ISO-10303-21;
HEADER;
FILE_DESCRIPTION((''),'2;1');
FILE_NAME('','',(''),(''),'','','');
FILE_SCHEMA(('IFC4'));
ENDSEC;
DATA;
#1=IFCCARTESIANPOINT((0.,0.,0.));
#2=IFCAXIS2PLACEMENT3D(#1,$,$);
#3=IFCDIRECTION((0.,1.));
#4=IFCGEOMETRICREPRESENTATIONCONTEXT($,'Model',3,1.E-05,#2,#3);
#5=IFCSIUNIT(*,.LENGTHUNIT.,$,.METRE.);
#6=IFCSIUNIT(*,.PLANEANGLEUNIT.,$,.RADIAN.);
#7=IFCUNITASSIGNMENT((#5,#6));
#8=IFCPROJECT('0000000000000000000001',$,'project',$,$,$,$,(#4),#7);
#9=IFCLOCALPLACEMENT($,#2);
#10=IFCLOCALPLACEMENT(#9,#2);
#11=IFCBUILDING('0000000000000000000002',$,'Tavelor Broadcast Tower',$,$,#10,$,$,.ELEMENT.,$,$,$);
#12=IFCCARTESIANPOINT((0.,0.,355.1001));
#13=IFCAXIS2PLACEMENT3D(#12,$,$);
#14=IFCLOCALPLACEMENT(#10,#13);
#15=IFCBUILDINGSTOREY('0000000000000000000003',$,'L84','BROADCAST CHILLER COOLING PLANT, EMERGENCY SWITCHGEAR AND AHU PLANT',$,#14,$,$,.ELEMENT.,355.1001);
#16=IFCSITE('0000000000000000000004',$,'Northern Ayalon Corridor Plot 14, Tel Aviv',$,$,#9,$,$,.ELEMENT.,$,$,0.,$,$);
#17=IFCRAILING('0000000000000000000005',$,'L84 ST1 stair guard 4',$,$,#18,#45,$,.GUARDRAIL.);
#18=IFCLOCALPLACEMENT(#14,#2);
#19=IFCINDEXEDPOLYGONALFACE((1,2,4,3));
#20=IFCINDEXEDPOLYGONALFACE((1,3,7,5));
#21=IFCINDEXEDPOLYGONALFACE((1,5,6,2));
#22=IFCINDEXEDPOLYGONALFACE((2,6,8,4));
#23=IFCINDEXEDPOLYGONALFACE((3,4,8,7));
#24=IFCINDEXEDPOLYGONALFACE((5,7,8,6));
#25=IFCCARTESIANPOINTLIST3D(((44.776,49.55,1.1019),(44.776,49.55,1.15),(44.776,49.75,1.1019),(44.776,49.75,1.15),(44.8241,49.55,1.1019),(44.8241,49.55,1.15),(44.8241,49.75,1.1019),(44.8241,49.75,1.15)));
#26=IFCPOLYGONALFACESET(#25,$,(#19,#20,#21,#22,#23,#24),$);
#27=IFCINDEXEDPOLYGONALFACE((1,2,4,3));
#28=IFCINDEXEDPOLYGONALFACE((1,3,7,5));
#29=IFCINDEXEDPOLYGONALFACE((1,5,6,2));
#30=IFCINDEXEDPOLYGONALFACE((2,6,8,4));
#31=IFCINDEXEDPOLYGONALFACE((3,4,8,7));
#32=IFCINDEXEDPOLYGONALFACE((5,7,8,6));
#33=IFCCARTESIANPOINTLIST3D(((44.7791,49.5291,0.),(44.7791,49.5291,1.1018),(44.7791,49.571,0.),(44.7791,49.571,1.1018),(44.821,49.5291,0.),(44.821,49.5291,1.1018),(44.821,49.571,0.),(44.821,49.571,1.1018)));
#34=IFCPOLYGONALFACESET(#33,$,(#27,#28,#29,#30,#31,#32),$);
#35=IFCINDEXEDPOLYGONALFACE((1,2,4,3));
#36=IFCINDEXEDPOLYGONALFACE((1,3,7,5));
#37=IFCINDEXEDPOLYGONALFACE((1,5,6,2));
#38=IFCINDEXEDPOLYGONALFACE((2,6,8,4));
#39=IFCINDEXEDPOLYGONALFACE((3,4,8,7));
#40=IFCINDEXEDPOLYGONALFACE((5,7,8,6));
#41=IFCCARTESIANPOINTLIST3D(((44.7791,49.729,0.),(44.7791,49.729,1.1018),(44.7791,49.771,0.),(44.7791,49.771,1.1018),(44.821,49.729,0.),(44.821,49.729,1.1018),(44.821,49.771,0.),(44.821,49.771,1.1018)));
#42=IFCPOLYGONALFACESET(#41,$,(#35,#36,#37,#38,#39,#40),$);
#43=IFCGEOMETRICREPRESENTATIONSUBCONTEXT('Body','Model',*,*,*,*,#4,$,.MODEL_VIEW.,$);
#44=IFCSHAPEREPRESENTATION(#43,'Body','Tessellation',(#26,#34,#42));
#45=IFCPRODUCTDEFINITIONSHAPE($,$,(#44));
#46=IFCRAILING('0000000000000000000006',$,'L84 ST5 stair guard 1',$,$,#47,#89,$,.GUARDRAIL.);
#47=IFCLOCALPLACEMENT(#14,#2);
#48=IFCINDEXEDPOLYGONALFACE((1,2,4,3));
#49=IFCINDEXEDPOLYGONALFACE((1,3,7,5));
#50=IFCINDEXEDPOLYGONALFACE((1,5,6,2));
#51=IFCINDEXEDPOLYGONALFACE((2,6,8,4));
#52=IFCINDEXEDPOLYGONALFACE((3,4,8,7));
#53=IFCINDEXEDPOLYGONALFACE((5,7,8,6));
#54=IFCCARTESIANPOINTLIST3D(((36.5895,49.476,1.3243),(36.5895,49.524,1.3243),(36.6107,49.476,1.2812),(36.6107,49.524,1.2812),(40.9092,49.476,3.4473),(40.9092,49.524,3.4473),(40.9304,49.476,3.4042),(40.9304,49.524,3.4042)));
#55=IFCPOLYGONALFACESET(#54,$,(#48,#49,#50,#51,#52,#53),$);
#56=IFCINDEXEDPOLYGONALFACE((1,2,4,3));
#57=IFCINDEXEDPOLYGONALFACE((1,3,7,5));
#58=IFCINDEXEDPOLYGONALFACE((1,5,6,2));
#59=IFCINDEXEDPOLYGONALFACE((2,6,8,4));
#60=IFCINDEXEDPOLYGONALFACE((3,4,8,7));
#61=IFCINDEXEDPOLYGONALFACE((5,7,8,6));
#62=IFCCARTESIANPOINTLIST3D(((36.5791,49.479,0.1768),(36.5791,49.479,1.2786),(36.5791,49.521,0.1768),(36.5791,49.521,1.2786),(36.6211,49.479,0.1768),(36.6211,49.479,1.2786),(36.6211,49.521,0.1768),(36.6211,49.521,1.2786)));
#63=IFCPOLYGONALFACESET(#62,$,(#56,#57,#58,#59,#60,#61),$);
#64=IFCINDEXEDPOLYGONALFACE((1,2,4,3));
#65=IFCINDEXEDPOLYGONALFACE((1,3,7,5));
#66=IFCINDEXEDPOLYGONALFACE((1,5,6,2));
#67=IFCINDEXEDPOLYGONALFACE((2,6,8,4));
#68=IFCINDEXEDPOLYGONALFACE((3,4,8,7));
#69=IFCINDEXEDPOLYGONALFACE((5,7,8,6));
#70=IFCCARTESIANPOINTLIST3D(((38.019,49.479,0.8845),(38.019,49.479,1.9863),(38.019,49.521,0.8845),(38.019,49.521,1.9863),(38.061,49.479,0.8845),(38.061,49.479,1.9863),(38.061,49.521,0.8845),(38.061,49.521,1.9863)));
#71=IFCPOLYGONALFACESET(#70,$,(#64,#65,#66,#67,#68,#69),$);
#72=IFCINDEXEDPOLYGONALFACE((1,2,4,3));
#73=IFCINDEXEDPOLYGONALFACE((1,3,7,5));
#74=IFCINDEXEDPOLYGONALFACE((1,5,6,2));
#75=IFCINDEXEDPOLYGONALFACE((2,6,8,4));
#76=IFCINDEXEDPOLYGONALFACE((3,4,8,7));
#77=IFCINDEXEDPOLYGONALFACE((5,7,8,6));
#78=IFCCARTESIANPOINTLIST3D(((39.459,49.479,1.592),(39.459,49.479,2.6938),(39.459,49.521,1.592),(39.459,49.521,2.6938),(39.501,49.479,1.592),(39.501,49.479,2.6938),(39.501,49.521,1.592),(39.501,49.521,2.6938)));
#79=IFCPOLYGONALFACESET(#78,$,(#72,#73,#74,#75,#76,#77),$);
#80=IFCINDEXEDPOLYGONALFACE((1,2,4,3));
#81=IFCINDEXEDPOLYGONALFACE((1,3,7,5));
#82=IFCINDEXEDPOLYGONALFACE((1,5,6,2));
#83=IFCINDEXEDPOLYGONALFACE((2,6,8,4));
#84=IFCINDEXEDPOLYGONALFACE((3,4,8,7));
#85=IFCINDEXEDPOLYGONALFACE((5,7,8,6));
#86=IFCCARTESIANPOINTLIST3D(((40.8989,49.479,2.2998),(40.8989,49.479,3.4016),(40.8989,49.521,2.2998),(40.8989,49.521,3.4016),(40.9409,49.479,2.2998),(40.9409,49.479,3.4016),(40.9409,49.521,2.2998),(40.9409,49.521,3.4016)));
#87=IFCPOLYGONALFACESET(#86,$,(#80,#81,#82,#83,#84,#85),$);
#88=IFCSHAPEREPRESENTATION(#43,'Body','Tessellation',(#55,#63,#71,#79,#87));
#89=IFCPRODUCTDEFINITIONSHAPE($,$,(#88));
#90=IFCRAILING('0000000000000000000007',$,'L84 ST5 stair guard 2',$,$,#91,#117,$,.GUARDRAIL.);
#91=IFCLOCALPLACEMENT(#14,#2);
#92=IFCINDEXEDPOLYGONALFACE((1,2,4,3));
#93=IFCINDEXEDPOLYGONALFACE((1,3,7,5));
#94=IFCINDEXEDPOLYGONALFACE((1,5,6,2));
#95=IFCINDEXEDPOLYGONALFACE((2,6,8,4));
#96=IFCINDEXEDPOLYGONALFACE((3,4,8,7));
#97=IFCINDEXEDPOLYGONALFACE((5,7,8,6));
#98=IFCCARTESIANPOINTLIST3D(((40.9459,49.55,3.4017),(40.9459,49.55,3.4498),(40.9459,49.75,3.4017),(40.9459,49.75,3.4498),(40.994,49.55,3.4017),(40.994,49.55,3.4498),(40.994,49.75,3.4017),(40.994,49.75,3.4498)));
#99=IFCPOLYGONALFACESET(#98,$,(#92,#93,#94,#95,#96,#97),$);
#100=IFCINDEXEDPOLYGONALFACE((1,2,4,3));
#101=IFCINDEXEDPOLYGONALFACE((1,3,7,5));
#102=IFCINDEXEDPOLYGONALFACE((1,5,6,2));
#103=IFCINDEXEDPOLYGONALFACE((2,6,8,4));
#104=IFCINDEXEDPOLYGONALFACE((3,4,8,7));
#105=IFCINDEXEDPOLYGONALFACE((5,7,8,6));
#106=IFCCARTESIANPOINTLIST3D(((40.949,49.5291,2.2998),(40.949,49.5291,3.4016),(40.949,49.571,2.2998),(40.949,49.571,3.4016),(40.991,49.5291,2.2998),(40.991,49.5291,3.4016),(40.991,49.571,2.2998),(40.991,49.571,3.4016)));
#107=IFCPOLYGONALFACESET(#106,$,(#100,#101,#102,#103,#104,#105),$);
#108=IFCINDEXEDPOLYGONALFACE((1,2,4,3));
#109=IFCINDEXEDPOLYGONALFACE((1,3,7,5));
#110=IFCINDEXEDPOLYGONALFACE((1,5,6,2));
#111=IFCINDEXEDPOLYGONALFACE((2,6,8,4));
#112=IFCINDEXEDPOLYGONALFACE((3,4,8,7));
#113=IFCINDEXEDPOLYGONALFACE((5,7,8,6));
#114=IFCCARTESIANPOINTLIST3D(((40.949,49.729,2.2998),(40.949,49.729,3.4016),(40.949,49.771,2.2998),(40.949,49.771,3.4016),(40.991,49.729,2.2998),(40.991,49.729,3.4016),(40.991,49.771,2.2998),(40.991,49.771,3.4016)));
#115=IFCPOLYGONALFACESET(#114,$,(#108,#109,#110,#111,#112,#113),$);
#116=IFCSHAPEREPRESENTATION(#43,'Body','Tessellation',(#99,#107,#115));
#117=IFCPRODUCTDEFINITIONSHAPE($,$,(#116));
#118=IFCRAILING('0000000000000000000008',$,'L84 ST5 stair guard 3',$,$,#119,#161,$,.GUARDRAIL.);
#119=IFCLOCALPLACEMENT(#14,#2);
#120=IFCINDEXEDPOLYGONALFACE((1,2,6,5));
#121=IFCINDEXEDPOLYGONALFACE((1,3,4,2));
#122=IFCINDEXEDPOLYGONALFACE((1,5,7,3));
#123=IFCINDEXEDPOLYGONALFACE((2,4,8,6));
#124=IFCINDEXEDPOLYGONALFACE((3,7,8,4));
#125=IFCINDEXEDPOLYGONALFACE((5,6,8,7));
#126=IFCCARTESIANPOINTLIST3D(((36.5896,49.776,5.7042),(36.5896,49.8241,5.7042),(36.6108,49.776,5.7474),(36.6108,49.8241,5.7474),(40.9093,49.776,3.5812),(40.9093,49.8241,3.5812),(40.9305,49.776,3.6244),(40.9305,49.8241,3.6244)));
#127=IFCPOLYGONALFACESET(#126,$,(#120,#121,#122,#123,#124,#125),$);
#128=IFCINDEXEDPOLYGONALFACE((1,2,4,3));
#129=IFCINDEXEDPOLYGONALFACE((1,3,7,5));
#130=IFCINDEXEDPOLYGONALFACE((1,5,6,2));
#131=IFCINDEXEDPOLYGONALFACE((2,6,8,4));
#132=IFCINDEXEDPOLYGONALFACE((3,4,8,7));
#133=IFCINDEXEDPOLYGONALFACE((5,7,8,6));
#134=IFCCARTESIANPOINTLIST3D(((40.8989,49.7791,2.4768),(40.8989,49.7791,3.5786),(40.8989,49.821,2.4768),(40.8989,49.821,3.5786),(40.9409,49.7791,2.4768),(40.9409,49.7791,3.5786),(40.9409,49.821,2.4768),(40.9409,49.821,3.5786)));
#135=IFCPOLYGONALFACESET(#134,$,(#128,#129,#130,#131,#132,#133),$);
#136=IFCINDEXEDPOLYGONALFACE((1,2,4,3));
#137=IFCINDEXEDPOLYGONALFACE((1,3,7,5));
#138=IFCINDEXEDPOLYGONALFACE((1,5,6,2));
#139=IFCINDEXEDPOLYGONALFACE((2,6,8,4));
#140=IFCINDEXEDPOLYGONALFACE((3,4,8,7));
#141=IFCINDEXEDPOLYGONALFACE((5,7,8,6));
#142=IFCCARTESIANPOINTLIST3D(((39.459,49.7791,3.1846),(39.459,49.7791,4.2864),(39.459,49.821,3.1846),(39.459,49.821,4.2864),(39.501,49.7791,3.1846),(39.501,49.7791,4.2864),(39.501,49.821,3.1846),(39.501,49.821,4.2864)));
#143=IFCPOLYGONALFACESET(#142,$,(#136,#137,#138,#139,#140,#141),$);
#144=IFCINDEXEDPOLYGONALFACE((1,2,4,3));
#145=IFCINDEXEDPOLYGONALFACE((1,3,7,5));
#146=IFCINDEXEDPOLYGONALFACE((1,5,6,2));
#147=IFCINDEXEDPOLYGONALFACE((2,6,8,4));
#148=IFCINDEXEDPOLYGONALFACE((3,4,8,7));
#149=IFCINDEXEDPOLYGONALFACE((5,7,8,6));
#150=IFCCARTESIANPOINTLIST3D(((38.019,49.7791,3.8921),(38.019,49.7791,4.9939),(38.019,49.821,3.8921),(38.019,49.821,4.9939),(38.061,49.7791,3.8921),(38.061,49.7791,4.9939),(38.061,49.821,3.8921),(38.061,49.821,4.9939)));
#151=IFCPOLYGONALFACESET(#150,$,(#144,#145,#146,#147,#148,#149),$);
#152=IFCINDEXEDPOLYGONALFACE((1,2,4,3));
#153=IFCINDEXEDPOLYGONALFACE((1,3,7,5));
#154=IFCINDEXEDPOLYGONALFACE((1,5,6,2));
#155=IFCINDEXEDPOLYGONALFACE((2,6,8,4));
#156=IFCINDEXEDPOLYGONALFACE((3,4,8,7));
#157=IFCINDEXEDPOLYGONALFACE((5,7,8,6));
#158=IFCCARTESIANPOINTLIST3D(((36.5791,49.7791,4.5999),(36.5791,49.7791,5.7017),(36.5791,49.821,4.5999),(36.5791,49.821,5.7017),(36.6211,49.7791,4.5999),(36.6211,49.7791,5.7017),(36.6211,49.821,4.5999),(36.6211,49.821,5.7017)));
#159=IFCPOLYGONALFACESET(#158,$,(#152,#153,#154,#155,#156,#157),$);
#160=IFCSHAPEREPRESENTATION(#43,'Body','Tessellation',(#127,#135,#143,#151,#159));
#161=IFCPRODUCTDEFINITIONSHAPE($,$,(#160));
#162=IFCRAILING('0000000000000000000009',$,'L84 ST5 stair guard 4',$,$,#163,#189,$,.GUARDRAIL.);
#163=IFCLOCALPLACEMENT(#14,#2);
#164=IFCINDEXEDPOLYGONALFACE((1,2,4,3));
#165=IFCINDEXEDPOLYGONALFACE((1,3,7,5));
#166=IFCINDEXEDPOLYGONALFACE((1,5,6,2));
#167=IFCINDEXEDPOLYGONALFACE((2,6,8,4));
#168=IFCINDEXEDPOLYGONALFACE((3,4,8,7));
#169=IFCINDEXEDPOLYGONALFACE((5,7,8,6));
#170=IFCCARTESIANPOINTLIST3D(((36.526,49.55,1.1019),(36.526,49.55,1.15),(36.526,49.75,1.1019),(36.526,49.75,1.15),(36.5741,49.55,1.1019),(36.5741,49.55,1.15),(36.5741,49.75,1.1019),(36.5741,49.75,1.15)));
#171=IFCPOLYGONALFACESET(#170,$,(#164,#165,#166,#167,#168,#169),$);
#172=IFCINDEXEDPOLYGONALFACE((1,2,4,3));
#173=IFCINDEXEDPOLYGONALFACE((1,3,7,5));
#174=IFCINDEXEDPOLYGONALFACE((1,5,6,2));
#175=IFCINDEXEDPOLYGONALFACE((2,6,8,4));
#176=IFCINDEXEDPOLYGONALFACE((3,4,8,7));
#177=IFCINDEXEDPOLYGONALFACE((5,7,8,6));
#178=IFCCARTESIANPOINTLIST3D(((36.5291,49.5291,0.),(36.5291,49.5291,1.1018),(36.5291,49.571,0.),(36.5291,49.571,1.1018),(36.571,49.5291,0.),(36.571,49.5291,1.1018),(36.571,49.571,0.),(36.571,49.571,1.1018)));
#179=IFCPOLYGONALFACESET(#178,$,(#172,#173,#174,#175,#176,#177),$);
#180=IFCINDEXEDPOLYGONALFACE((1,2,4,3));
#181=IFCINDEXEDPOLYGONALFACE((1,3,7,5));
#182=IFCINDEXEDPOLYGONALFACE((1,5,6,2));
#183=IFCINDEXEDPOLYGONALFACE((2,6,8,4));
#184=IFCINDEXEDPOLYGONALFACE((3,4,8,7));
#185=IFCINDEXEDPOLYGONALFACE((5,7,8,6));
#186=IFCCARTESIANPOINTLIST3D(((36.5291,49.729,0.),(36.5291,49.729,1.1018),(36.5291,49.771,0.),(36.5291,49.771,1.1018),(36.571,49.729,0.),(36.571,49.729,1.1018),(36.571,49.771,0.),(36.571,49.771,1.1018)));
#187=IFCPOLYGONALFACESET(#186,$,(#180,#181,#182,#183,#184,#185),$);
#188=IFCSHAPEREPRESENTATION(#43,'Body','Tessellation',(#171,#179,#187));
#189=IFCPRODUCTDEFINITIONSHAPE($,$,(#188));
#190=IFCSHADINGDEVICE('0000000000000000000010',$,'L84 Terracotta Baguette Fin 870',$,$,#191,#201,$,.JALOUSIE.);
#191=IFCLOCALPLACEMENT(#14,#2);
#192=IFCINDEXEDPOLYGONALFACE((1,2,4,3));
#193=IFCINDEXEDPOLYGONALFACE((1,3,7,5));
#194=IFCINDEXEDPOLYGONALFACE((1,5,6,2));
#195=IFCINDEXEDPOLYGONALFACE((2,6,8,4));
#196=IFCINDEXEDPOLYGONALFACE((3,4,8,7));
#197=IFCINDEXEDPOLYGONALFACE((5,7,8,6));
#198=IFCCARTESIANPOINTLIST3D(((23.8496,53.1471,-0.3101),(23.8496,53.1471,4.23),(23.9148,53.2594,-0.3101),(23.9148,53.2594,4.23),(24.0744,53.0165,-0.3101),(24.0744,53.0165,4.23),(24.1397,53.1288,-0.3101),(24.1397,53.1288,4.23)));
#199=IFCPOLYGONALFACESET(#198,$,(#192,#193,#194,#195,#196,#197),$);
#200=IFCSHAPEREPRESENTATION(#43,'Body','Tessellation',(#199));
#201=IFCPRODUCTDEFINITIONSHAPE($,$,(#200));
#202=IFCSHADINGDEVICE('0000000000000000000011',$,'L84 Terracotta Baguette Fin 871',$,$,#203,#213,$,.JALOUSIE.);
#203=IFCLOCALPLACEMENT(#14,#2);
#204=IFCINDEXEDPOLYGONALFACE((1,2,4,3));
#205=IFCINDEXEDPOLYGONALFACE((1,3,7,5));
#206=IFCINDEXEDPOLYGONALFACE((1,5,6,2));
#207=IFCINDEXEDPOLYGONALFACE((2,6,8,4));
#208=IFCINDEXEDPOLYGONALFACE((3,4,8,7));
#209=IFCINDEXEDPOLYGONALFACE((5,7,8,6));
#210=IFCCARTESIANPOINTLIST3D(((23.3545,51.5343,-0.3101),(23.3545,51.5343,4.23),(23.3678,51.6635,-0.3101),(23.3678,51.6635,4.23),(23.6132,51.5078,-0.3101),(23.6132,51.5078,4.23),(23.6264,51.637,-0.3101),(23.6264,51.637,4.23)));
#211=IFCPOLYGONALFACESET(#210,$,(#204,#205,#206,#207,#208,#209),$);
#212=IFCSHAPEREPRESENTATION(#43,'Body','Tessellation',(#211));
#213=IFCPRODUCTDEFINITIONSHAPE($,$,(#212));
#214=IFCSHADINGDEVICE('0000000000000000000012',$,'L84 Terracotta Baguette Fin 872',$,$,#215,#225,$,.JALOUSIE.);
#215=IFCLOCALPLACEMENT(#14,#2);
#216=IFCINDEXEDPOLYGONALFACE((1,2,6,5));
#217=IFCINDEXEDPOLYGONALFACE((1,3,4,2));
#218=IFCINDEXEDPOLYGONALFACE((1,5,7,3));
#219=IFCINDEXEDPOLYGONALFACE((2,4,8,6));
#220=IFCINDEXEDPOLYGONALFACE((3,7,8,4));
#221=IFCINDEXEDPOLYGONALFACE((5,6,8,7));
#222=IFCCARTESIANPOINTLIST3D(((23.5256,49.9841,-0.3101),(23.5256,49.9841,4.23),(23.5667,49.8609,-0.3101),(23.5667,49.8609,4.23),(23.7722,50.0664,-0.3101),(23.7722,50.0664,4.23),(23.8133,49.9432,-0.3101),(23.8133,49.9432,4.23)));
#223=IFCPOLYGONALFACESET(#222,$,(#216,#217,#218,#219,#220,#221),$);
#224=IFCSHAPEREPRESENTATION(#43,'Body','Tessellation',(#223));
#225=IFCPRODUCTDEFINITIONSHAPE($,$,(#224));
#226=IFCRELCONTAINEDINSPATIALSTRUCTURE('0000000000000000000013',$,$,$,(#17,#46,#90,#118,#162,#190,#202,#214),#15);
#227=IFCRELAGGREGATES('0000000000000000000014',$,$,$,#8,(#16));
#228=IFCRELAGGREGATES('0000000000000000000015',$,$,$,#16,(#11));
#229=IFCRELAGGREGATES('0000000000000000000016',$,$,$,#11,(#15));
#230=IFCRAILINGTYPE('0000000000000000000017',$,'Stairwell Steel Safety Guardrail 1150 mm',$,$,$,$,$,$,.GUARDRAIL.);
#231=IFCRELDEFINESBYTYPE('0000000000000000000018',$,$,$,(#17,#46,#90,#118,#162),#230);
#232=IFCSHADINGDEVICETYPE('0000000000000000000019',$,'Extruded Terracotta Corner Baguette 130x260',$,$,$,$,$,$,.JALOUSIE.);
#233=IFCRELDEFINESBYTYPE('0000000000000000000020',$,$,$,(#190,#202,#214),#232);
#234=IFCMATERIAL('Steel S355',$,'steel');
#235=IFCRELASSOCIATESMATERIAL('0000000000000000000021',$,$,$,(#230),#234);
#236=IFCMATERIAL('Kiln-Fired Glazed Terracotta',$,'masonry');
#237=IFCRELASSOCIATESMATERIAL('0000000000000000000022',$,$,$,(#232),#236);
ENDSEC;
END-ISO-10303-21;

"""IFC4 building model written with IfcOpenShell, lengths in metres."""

from ifc_helpers import new_model, si_unit, direction, frame, origin, origin_2d, place, context, subcontext, project, spatial, rectangle, extrude, source, transform, mapped, material, type_object, type_shapes, element, save


model = new_model("IFC4")

# Units and contexts
model_context = context("Model", 3, precision=1e-05, world=origin(), true_north=direction((0.0, 1.0)))
body_context = subcontext(model_context, "Body", "Model", "MODEL_VIEW")
ifc_project = project(units=[si_unit("LENGTHUNIT", "METRE"), si_unit("PLANEANGLEUNIT", "RADIAN")], contexts=[model_context])

# Site, building, storey
site_placement = place(None, origin())
site = spatial("IfcSite", under=ifc_project, at=site_placement, Name="Northern Ayalon Corridor Plot 14, Tel Aviv", CompositionType="ELEMENT", RefElevation=0.0)
building_placement = place(site_placement, origin())
building = spatial("IfcBuilding", under=site, at=building_placement, Name="Tavelor Broadcast Tower", CompositionType="ELEMENT")
storey_placement = place(building_placement, frame((0.0, 0.0, 355.1001)))
storey = spatial("IfcBuildingStorey", under=building, at=storey_placement, Name="L84", Description="BROADCAST CHILLER COOLING PLANT, EMERGENCY SWITCHGEAR AND AHU PLANT", CompositionType="ELEMENT", Elevation=355.1001)

# Shared definitions
ifc_material_1 = material(Name="Steel S355", Category="steel")

# Railings
railing_type_1 = type_object("IfcRailingType", Name="Stairwell Steel Safety Guardrail 1150 mm", PredefinedType="GUARDRAIL", material=ifc_material_1)
railing_1_placement = place(storey_placement, frame((44.8, 49.55, 0.0)))
element("IfcRailing", 1, at=railing_1_placement, inside=storey, type_object=railing_type_1, Name="L84 ST1 stair guard 4", PredefinedType="GUARDRAIL", context=body_context, shape_type="SweptSolid", body=[
    extrude(rectangle(XDim=0.0481, YDim=0.0481, at=origin_2d()), frame((0.0, 0.0, 1.126), z_axis=(0.0, 1.0, 0.0), x_axis=(-1.0, 0.0, 0.0)), (0.0, 0.0, 1.0), 0.2),
    extrude(rectangle(XDim=0.042, YDim=0.042, at=origin_2d()), origin(), (0.0, 0.0, 1.0), 1.1018),
    extrude(rectangle(XDim=0.042, YDim=0.042, at=origin_2d()), frame((0.0, 0.2, 0.0)), (0.0, 0.0, 1.0), 1.1018),
])
railing_2_placement = place(storey_placement, frame((36.6001, 49.5, 0.1768)))
element("IfcRailing", 2, at=railing_2_placement, inside=storey, type_object=railing_type_1, Name="L84 ST5 stair guard 1", PredefinedType="GUARDRAIL", context=body_context, shape_type="SweptSolid", body=[
    extrude(rectangle(XDim=0.0481, YDim=0.0481, at=origin_2d()), frame((0.0, 0.0, 1.126), z_axis=(0.89747, 0.0, 0.441076), x_axis=(0.0, 1.0, 0.0)), (0.0, 0.0, 1.0), 4.8132),
    extrude(rectangle(XDim=0.042, YDim=0.042, at=origin_2d()), origin(), (0.0, 0.0, 1.0), 1.1018),
    extrude(rectangle(XDim=0.042, YDim=0.042, at=origin_2d()), frame((1.4399, 0.0, 0.7078)), (0.0, 0.0, 1.0), 1.1018),
    extrude(rectangle(XDim=0.042, YDim=0.042, at=origin_2d()), frame((2.8799, 0.0, 1.4153)), (0.0, 0.0, 1.0), 1.1018),
    extrude(rectangle(XDim=0.042, YDim=0.042, at=origin_2d()), frame((4.3198, 0.0, 2.123)), (0.0, 0.0, 1.0), 1.1018),
])
railing_3_placement = place(storey_placement, frame((40.97, 49.55, 2.2998)))
element("IfcRailing", 3, at=railing_3_placement, inside=storey, type_object=railing_type_1, Name="L84 ST5 stair guard 2", PredefinedType="GUARDRAIL", context=body_context, shape_type="SweptSolid", body=[
    extrude(rectangle(XDim=0.0481, YDim=0.0481, at=origin_2d()), frame((0.0, 0.0, 1.126), z_axis=(0.0, 1.0, 0.0), x_axis=(-1.0, 0.0, 0.0)), (0.0, 0.0, 1.0), 0.2),
    extrude(rectangle(XDim=0.042, YDim=0.042, at=origin_2d()), origin(), (0.0, 0.0, 1.0), 1.1018),
    extrude(rectangle(XDim=0.042, YDim=0.042, at=origin_2d()), frame((0.0, 0.2, 0.0)), (0.0, 0.0, 1.0), 1.1018),
])
railing_4_placement = place(storey_placement, frame((40.9199, 49.8, 2.4768)))
element("IfcRailing", 4, at=railing_4_placement, inside=storey, type_object=railing_type_1, Name="L84 ST5 stair guard 3", PredefinedType="GUARDRAIL", context=body_context, shape_type="SweptSolid", body=[
    extrude(rectangle(XDim=0.0481, YDim=0.0481, at=origin_2d()), frame((0.0, 0.0, 1.126), z_axis=(-0.89747, 0.0, 0.441076), x_axis=(0.0, -1.0, 0.0)), (0.0, 0.0, 1.0), 4.8132),
    extrude(rectangle(XDim=0.042, YDim=0.042, at=origin_2d()), origin(), (0.0, 0.0, 1.0), 1.1018),
    extrude(rectangle(XDim=0.042, YDim=0.042, at=origin_2d()), frame((-1.4399, 0.0, 0.7078)), (0.0, 0.0, 1.0), 1.1018),
    extrude(rectangle(XDim=0.042, YDim=0.042, at=origin_2d()), frame((-2.8799, 0.0, 1.4153)), (0.0, 0.0, 1.0), 1.1018),
    extrude(rectangle(XDim=0.042, YDim=0.042, at=origin_2d()), frame((-4.3198, 0.0, 2.123)), (0.0, 0.0, 1.0), 1.1018),
])
railing_5_placement = place(storey_placement, frame((36.55, 49.55, 0.0)))
element("IfcRailing", 5, at=railing_5_placement, inside=storey, type_object=railing_type_1, Name="L84 ST5 stair guard 4", PredefinedType="GUARDRAIL", context=body_context, shape_type="SweptSolid", body=[
    extrude(rectangle(XDim=0.0481, YDim=0.0481, at=origin_2d()), frame((0.0, 0.0, 1.126), z_axis=(0.0, 1.0, 0.0), x_axis=(-1.0, 0.0, 0.0)), (0.0, 0.0, 1.0), 0.2),
    extrude(rectangle(XDim=0.042, YDim=0.042, at=origin_2d()), origin(), (0.0, 0.0, 1.0), 1.1018),
    extrude(rectangle(XDim=0.042, YDim=0.042, at=origin_2d()), frame((0.0, 0.2, 0.0)), (0.0, 0.0, 1.0), 1.1018),
])

# Shading devices
ifc_material_2 = material(Name="Kiln-Fired Glazed Terracotta", Category="masonry")
shading_device_type = type_object("IfcShadingDeviceType", Name="Extruded Terracotta Corner Baguette 130x260", PredefinedType="JALOUSIE", material=ifc_material_2)
shared_shape_1 = source(origin(), body_context, "Body", "SweptSolid", [
    extrude(rectangle(XDim=0.1299, YDim=0.26, at=origin_2d()), origin(), (0.0, 0.0, 1.0), 4.54),
])
type_shapes(shading_device_type, [shared_shape_1])
for number, where, z_axis, x_axis, name in (
    (6, (23.9946, 53.1379, -0.3101), (0.0, 0.0, 1.0), (-0.502266, -0.864713, 0.0), "L84 Terracotta Baguette Fin 870"),
    (7, (23.4905, 51.5857, -0.3101), (0.0, 0.0, 1.0), (-0.101924, -0.994792, 0.0), "L84 Terracotta Baguette Fin 871"),
    (8, (23.6694, 49.9636, -0.3101), (0.0, 0.0, 1.0), (0.316477, -0.9486, 0.0), "L84 Terracotta Baguette Fin 872"),
):
    element("IfcShadingDevice", number, at=place(storey_placement, frame(where, z_axis=z_axis, x_axis=x_axis)), inside=storey, type_object=shading_device_type, Name=name, PredefinedType="JALOUSIE", context=body_context, shape_type="MappedRepresentation", body=[
        mapped(shared_shape_1, transform((0.0, 0.0, 0.0), scale=1.0)),
    ])

save(model, "model.ifc")
